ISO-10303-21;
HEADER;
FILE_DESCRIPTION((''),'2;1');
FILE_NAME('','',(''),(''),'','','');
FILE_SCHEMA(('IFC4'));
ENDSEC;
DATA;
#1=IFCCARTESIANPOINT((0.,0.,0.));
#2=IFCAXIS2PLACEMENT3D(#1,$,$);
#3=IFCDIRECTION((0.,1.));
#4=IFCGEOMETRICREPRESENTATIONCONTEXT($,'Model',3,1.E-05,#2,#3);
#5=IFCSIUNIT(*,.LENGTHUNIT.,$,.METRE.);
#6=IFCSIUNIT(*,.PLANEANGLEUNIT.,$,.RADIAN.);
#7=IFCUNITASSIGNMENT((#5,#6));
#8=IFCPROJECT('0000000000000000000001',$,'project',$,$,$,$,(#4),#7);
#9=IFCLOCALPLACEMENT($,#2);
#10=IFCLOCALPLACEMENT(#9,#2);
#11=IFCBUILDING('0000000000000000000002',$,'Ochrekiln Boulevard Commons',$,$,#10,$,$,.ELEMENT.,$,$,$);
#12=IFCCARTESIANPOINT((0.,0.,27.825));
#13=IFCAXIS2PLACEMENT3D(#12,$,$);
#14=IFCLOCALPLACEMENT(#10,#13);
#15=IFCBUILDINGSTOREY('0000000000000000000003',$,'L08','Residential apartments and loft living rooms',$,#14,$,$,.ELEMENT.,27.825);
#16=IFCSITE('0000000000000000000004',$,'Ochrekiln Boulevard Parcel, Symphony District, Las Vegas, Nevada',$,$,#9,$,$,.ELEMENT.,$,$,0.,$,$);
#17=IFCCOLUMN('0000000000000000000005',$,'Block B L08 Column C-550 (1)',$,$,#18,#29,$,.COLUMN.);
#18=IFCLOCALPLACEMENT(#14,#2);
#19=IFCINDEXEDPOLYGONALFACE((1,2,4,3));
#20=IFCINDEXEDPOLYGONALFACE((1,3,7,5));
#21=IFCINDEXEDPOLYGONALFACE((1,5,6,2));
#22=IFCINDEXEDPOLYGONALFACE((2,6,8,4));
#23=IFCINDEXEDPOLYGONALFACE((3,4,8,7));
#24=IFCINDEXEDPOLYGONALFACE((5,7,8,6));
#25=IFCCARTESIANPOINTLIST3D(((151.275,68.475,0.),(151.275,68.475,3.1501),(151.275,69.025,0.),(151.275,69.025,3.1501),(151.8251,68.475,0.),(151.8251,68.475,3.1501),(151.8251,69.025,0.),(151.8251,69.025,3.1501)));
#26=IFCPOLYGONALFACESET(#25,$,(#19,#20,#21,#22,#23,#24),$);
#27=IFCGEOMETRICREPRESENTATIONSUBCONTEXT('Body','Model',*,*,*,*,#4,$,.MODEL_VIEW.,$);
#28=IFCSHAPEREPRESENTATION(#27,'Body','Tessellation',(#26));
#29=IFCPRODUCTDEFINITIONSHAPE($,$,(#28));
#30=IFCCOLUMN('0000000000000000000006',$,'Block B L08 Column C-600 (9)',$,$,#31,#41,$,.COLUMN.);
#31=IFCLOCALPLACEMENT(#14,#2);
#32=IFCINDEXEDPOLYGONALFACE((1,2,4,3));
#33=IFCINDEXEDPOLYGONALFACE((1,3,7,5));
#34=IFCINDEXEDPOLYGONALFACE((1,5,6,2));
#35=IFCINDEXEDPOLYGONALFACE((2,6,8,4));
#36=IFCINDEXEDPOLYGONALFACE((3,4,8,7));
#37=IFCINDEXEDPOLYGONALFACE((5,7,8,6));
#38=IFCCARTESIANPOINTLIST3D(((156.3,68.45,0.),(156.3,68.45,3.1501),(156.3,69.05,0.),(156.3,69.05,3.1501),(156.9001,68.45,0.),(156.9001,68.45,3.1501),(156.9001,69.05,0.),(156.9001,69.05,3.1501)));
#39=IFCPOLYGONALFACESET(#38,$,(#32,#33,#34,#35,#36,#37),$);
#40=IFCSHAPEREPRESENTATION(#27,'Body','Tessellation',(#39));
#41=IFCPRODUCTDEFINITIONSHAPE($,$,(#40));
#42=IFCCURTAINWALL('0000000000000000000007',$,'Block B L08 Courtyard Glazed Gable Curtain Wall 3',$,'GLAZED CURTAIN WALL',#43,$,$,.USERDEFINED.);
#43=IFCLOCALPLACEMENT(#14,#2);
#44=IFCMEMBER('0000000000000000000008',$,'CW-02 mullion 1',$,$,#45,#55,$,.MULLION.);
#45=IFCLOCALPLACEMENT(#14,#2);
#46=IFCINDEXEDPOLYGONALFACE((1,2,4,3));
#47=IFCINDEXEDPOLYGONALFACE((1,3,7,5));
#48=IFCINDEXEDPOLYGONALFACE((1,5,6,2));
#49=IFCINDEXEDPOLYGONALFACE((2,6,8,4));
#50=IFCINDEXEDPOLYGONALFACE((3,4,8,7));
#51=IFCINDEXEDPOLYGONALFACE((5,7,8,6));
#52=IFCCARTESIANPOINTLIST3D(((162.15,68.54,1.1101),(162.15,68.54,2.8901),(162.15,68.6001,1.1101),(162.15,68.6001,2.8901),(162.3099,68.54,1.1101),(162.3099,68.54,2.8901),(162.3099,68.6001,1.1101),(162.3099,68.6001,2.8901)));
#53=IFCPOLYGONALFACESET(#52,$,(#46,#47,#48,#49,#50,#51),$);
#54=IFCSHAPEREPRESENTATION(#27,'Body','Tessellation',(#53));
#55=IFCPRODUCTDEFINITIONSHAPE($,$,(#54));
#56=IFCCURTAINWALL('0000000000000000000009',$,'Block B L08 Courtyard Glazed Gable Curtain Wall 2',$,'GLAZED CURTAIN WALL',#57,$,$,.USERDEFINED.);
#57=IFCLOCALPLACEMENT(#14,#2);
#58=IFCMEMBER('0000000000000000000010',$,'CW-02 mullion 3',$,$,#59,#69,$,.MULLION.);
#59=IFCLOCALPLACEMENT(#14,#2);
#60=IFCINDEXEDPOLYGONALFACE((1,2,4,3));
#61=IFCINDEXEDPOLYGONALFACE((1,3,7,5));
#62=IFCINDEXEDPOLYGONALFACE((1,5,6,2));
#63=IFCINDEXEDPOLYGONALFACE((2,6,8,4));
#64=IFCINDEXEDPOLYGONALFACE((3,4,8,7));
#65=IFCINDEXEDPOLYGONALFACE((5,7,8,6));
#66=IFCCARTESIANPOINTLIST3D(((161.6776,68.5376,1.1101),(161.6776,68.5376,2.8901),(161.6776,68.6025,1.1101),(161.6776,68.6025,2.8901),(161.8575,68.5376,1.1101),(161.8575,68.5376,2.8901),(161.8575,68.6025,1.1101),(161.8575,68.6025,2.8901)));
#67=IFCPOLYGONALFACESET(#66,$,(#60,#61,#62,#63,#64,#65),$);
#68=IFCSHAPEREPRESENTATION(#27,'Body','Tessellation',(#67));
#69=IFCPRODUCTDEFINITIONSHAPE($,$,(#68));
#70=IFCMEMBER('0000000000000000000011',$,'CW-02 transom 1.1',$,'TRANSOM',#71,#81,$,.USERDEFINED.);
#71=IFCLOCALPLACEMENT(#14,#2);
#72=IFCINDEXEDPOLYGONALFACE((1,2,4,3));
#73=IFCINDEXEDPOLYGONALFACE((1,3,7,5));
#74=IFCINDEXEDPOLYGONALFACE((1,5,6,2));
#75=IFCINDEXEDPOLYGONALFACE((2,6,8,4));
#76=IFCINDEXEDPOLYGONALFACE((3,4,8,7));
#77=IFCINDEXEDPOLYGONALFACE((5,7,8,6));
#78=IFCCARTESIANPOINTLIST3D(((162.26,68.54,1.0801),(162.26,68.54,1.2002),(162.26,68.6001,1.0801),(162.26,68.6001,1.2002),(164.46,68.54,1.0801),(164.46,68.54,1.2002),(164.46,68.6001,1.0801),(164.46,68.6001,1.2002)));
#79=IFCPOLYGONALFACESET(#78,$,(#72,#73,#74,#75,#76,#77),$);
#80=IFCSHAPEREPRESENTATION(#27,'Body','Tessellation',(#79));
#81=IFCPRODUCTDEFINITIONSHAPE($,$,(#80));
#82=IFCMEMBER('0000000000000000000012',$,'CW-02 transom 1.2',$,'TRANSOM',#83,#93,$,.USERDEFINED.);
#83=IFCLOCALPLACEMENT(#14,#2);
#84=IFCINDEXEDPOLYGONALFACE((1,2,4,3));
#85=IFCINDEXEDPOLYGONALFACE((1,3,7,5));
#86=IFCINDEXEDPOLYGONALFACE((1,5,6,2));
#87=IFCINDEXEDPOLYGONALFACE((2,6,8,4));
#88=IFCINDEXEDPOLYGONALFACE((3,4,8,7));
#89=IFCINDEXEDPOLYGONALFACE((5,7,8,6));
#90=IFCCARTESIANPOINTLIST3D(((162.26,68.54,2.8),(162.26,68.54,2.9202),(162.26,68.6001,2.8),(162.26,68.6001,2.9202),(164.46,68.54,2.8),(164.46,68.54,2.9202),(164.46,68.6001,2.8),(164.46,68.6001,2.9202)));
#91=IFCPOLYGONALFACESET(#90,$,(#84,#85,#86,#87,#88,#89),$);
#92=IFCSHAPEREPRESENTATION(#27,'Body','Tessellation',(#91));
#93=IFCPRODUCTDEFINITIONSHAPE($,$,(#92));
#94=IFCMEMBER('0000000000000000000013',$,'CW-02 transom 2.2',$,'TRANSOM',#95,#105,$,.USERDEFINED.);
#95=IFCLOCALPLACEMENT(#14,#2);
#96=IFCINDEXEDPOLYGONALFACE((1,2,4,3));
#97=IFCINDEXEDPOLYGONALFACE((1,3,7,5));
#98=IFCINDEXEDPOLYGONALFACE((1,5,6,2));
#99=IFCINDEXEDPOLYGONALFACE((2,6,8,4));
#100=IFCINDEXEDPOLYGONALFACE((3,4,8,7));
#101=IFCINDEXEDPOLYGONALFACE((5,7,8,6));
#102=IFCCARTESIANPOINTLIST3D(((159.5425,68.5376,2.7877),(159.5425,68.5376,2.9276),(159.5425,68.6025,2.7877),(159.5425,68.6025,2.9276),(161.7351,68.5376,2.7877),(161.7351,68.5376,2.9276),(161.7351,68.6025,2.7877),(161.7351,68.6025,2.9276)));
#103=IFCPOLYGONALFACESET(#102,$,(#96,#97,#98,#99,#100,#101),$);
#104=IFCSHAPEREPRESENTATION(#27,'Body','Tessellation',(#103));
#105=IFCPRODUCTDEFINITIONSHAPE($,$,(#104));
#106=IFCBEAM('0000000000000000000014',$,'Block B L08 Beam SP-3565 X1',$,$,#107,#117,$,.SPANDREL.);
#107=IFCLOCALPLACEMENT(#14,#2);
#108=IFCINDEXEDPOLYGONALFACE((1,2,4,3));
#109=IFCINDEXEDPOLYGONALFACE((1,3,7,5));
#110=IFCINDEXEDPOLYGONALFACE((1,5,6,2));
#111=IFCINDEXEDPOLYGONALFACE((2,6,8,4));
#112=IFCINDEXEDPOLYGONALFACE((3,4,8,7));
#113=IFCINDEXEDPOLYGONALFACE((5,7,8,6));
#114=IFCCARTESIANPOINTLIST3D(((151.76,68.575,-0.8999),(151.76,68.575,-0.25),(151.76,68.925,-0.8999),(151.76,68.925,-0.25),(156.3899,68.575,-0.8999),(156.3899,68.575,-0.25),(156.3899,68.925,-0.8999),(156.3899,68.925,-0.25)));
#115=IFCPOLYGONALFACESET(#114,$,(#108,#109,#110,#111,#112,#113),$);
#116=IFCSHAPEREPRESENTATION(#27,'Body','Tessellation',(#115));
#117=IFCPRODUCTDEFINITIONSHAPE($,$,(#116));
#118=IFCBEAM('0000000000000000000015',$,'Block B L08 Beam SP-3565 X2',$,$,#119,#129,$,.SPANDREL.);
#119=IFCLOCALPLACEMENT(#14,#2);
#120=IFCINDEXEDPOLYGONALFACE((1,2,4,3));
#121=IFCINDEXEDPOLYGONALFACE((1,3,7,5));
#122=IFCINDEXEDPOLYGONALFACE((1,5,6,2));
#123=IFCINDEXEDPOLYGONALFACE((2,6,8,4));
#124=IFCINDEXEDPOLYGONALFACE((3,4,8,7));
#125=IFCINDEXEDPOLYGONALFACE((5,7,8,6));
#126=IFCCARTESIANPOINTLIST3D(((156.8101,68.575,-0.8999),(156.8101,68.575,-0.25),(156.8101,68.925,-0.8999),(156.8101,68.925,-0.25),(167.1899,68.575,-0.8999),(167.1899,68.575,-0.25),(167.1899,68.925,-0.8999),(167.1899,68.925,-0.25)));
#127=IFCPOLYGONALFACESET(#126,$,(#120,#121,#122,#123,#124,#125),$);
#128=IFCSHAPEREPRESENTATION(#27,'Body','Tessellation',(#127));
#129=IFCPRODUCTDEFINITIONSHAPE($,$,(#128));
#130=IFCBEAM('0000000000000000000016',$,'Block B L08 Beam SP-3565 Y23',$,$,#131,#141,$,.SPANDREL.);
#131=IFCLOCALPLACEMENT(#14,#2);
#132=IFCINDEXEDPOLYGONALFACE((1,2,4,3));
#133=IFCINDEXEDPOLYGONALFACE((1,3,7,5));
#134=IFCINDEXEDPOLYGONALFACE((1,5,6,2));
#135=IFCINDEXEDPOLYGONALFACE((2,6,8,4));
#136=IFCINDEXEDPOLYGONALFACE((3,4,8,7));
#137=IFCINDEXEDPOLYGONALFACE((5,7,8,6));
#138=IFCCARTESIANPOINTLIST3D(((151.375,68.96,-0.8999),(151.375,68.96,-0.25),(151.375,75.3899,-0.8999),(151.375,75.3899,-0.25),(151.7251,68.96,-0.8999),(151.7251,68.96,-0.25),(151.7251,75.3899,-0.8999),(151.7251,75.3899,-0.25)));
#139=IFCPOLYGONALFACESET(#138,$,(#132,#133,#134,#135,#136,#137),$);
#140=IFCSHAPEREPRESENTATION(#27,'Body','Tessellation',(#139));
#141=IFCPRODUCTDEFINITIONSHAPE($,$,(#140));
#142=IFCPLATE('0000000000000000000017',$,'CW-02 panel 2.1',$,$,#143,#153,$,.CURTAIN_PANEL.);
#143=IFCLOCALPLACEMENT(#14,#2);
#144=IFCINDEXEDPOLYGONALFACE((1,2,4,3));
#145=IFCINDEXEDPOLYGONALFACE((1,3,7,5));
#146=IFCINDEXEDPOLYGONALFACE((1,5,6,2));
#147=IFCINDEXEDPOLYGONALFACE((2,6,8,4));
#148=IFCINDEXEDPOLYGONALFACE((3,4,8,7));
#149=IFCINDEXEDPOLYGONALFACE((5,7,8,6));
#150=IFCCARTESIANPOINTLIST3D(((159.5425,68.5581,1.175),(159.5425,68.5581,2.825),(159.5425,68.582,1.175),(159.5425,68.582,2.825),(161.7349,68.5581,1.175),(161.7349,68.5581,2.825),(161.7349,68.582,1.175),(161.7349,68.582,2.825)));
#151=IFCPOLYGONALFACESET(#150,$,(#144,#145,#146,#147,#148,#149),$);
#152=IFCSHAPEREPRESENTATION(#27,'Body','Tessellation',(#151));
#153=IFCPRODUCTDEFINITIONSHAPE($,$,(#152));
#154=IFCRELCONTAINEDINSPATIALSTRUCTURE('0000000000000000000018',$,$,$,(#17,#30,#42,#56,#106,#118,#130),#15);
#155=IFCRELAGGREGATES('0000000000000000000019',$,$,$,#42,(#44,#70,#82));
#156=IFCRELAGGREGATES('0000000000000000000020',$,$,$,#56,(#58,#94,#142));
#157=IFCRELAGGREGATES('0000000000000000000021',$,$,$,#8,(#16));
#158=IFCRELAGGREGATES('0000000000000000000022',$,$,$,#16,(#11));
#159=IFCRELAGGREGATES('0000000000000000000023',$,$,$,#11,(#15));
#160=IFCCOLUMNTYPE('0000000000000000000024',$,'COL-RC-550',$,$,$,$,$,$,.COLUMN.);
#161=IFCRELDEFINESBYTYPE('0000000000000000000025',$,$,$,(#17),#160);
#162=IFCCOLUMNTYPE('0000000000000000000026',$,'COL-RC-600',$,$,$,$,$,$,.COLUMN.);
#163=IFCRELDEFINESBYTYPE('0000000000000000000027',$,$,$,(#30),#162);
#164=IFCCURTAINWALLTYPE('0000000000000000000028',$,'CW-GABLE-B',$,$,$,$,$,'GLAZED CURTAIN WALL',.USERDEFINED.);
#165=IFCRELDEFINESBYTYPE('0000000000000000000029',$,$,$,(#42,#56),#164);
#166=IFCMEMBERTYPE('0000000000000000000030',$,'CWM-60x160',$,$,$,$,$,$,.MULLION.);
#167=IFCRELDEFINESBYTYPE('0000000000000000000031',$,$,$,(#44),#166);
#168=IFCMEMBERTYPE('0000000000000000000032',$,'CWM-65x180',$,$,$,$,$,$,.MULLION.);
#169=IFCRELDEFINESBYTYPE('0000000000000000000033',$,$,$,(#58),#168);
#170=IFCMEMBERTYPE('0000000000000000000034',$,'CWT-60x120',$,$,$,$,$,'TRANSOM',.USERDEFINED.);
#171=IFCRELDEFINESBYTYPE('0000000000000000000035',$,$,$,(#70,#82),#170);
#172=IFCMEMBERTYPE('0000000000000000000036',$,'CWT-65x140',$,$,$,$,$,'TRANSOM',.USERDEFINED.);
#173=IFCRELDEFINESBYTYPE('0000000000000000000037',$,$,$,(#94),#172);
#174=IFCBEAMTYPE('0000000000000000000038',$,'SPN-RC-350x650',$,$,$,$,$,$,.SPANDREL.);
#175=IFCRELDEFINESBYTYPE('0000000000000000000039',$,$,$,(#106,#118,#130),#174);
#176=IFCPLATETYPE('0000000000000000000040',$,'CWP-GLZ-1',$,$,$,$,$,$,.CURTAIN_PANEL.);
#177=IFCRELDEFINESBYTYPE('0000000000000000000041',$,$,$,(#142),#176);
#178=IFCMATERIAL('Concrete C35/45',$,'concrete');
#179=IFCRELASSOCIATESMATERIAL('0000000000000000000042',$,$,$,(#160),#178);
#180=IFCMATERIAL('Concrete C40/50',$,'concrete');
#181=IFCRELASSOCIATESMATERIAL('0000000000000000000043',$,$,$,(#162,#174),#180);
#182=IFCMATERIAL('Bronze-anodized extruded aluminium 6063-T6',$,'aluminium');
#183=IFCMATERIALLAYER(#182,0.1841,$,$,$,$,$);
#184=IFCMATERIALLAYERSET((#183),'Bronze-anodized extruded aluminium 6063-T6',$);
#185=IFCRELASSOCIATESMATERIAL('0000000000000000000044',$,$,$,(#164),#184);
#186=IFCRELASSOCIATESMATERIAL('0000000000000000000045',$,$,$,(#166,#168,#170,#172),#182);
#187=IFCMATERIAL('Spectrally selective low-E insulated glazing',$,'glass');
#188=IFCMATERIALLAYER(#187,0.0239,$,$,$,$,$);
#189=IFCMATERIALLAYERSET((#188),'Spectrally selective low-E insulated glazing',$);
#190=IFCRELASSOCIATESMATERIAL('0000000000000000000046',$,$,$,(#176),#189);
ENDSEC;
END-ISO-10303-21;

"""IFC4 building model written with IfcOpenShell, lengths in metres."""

from ifc_helpers import new_model, si_unit, direction, frame, origin, origin_2d, place, context, subcontext, project, spatial, rectangle, extrude, material, layer, layer_set, material_profile, profile_set, type_object, element, aggregate, save


model = new_model("IFC4")

# Units and contexts
model_context = context("Model", 3, precision=1e-05, world=origin(), true_north=direction((0.0, 1.0)))
body_context = subcontext(model_context, "Body", "Model", "MODEL_VIEW")
ifc_project = project(units=[si_unit("LENGTHUNIT", "METRE"), si_unit("PLANEANGLEUNIT", "RADIAN")], contexts=[model_context])

# Site, building, storey
site_placement = place(None, origin())
site = spatial("IfcSite", under=ifc_project, at=site_placement, Name="Ochrekiln Boulevard Parcel, Symphony District, Las Vegas, Nevada", CompositionType="ELEMENT", RefElevation=0.0)
building_placement = place(site_placement, origin())
building = spatial("IfcBuilding", under=site, at=building_placement, Name="Ochrekiln Boulevard Commons", CompositionType="ELEMENT")
storey_placement = place(building_placement, frame((0.0, 0.0, 27.825)))
storey = spatial("IfcBuildingStorey", under=building, at=storey_placement, Name="L08", Description="Residential apartments and loft living rooms", CompositionType="ELEMENT", Elevation=27.825)

# Columns
ifc_material_1 = material(Name="Concrete C35/45", Category="concrete")
ifc_material_profile_1 = material_profile(ifc_material_1, rectangle(XDim=0.55, YDim=0.55, at=origin_2d()), Name="RC-COL-550x550")
ifc_profile_set_1 = profile_set([ifc_material_profile_1], Name="Concrete C35/45")
column_type_1 = type_object("IfcColumnType", Name="COL-RC-550", PredefinedType="COLUMN", material=ifc_profile_set_1)
column_1_placement = place(storey_placement, frame((151.55, 68.75, 0.0), z_axis=(0.0, 0.0, 1.0), x_axis=(1.0, 0.0, 0.0)))
element("IfcColumn", 1, at=column_1_placement, inside=storey, type_object=column_type_1, Name="Block B L08 Column C-550 (1)", PredefinedType="COLUMN", context=body_context, shape_type="SweptSolid", body=[
    extrude(rectangle(XDim=0.55, YDim=0.55, at=origin_2d()), origin(), (0.0, 0.0, 1.0), 3.1501),
])
ifc_material_2 = material(Name="Concrete C40/50", Category="concrete")
ifc_material_profile_2 = material_profile(ifc_material_2, rectangle(XDim=0.6001, YDim=0.6001, at=origin_2d()), Name="RC-COL-600x600")
ifc_profile_set_2 = profile_set([ifc_material_profile_2], Name="Concrete C40/50")
column_type_2 = type_object("IfcColumnType", Name="COL-RC-600", PredefinedType="COLUMN", material=ifc_profile_set_2)
column_2_placement = place(storey_placement, frame((156.6001, 68.75, 0.0), z_axis=(0.0, 0.0, 1.0), x_axis=(1.0, 0.0, 0.0)))
element("IfcColumn", 2, at=column_2_placement, inside=storey, type_object=column_type_2, Name="Block B L08 Column C-600 (9)", PredefinedType="COLUMN", context=body_context, shape_type="SweptSolid", body=[
    extrude(rectangle(XDim=0.6001, YDim=0.6001, at=origin_2d()), origin(), (0.0, 0.0, 1.0), 3.1501),
])

# Curtain walls, members
ifc_material_3 = material(Name="Bronze-anodized extruded aluminium 6063-T6", Category="aluminium")
ifc_layer_1 = layer(ifc_material_3, 0.1841)
ifc_layer_set_1 = layer_set([ifc_layer_1], Name="Bronze-anodized extruded aluminium 6063-T6")
curtain_wall_type = type_object("IfcCurtainWallType", Name="CW-GABLE-B", ElementType="GLAZED CURTAIN WALL", PredefinedType="USERDEFINED", material=ifc_layer_set_1)
curtain_wall_1_placement = place(storey_placement, origin())
curtain_wall_1 = element("IfcCurtainWall", 3, at=curtain_wall_1_placement, inside=storey, type_object=curtain_wall_type, Name="Block B L08 Courtyard Glazed Gable Curtain Wall 3", ObjectType="GLAZED CURTAIN WALL", PredefinedType="USERDEFINED")
ifc_material_profile_3 = material_profile(ifc_material_3, rectangle(XDim=0.0601, YDim=0.1599, at=origin_2d()), Name="ALU-MUL-60x160")
ifc_profile_set_3 = profile_set([ifc_material_profile_3], Name="Bronze-anodized extruded aluminium 6063-T6")
member_type_1 = type_object("IfcMemberType", Name="CWM-60x160", PredefinedType="MULLION", material=ifc_profile_set_3)
member_1_placement = place(storey_placement, frame((162.23, 68.5701, 1.1101), z_axis=(0.0, 0.0, 1.0), x_axis=(0.0, 1.0, 0.0)))
member_1 = element("IfcMember", 4, at=member_1_placement, type_object=member_type_1, Name="CW-02 mullion 1", PredefinedType="MULLION", context=body_context, shape_type="SweptSolid", body=[
    extrude(rectangle(XDim=0.0601, YDim=0.1599, at=origin_2d()), origin(), (0.0, 0.0, 1.0), 1.78),
])
curtain_wall_2_placement = place(storey_placement, origin())
curtain_wall_2 = element("IfcCurtainWall", 5, at=curtain_wall_2_placement, inside=storey, type_object=curtain_wall_type, Name="Block B L08 Courtyard Glazed Gable Curtain Wall 2", ObjectType="GLAZED CURTAIN WALL", PredefinedType="USERDEFINED")
ifc_material_profile_4 = material_profile(ifc_material_3, rectangle(XDim=0.0649, YDim=0.1799, at=origin_2d()), Name="ALU-MUL-65x180")
ifc_profile_set_4 = profile_set([ifc_material_profile_4], Name="Bronze-anodized extruded aluminium 6063-T6")
member_type_2 = type_object("IfcMemberType", Name="CWM-65x180", PredefinedType="MULLION", material=ifc_profile_set_4)
member_2_placement = place(storey_placement, frame((161.7676, 68.5701, 1.1101), z_axis=(0.0, 0.0, 1.0), x_axis=(0.0, 1.0, 0.0)))
member_2 = element("IfcMember", 6, at=member_2_placement, type_object=member_type_2, Name="CW-02 mullion 3", PredefinedType="MULLION", context=body_context, shape_type="SweptSolid", body=[
    extrude(rectangle(XDim=0.0649, YDim=0.1799, at=origin_2d()), origin(), (0.0, 0.0, 1.0), 1.78),
])

# Members
ifc_material_profile_5 = material_profile(ifc_material_3, rectangle(XDim=0.0601, YDim=0.1201, at=origin_2d()), Name="ALU-TRN-60x120")
ifc_profile_set_5 = profile_set([ifc_material_profile_5], Name="Bronze-anodized extruded aluminium 6063-T6")
member_type_3 = type_object("IfcMemberType", Name="CWT-60x120", ElementType="TRANSOM", PredefinedType="USERDEFINED", material=ifc_profile_set_5)
member_3_placement = place(storey_placement, frame((162.26, 68.5701, 1.1401), z_axis=(1.0, 0.0, 0.0), x_axis=(0.0, 1.0, 0.0)))
member_3 = element("IfcMember", 7, at=member_3_placement, type_object=member_type_3, Name="CW-02 transom 1.1", ObjectType="TRANSOM", PredefinedType="USERDEFINED", context=body_context, shape_type="SweptSolid", body=[
    extrude(rectangle(XDim=0.0601, YDim=0.1201, at=origin_2d()), origin(), (0.0, 0.0, 1.0), 2.2),
])
member_4_placement = place(storey_placement, frame((162.26, 68.5701, 2.8601), z_axis=(1.0, 0.0, 0.0), x_axis=(0.0, 1.0, 0.0)))
member_4 = element("IfcMember", 8, at=member_4_placement, type_object=member_type_3, Name="CW-02 transom 1.2", ObjectType="TRANSOM", PredefinedType="USERDEFINED", context=body_context, shape_type="SweptSolid", body=[
    extrude(rectangle(XDim=0.0601, YDim=0.1201, at=origin_2d()), origin(), (0.0, 0.0, 1.0), 2.2),
])
aggregate(curtain_wall_1, [member_1, member_3, member_4])
ifc_material_profile_6 = material_profile(ifc_material_3, rectangle(XDim=0.0649, YDim=0.1399, at=origin_2d()), Name="ALU-TRN-65x140")
ifc_profile_set_6 = profile_set([ifc_material_profile_6], Name="Bronze-anodized extruded aluminium 6063-T6")
member_type_4 = type_object("IfcMemberType", Name="CWT-65x140", ElementType="TRANSOM", PredefinedType="USERDEFINED", material=ifc_profile_set_6)
member_5_placement = place(storey_placement, frame((159.5425, 68.5701, 2.8577), z_axis=(1.0, 0.0, 0.0), x_axis=(0.0, 1.0, 0.0)))
member_5 = element("IfcMember", 9, at=member_5_placement, type_object=member_type_4, Name="CW-02 transom 2.2", ObjectType="TRANSOM", PredefinedType="USERDEFINED", context=body_context, shape_type="SweptSolid", body=[
    extrude(rectangle(XDim=0.0649, YDim=0.1399, at=origin_2d()), origin(), (0.0, 0.0, 1.0), 2.1926),
])

# Beams
ifc_material_profile_7 = material_profile(ifc_material_2, rectangle(XDim=0.3501, YDim=0.6499, at=origin_2d()), Name="RC-SPN-350x650")
ifc_profile_set_7 = profile_set([ifc_material_profile_7], Name="Concrete C40/50")
beam_type = type_object("IfcBeamType", Name="SPN-RC-350x650", PredefinedType="SPANDREL", material=ifc_profile_set_7)
beam_1_placement = place(storey_placement, frame((151.76, 68.75, -0.575), z_axis=(1.0, 0.0, 0.0), x_axis=(0.0, 1.0, 0.0)))
element("IfcBeam", 10, at=beam_1_placement, inside=storey, type_object=beam_type, Name="Block B L08 Beam SP-3565 X1", PredefinedType="SPANDREL", context=body_context, shape_type="SweptSolid", body=[
    extrude(rectangle(XDim=0.3501, YDim=0.6499, at=origin_2d()), origin(), (0.0, 0.0, 1.0), 4.6299),
])
beam_2_placement = place(storey_placement, frame((156.8101, 68.75, -0.575), z_axis=(1.0, 0.0, 0.0), x_axis=(0.0, 1.0, 0.0)))
element("IfcBeam", 11, at=beam_2_placement, inside=storey, type_object=beam_type, Name="Block B L08 Beam SP-3565 X2", PredefinedType="SPANDREL", context=body_context, shape_type="SweptSolid", body=[
    extrude(rectangle(XDim=0.3501, YDim=0.6499, at=origin_2d()), origin(), (0.0, 0.0, 1.0), 10.3799),
])
beam_3_placement = place(storey_placement, frame((151.55, 68.96, -0.575), z_axis=(0.0, 1.0, 0.0), x_axis=(-1.0, 0.0, 0.0)))
element("IfcBeam", 12, at=beam_3_placement, inside=storey, type_object=beam_type, Name="Block B L08 Beam SP-3565 Y23", PredefinedType="SPANDREL", context=body_context, shape_type="SweptSolid", body=[
    extrude(rectangle(XDim=0.3501, YDim=0.6499, at=origin_2d()), origin(), (0.0, 0.0, 1.0), 6.4299),
])

# Plate
ifc_material_4 = material(Name="Spectrally selective low-E insulated glazing", Category="glass")
ifc_layer_2 = layer(ifc_material_4, 0.0239)
ifc_layer_set_2 = layer_set([ifc_layer_2], Name="Spectrally selective low-E insulated glazing")
plate_type = type_object("IfcPlateType", Name="CWP-GLZ-1", PredefinedType="CURTAIN_PANEL", material=ifc_layer_set_2)
plate_placement = place(storey_placement, frame((160.6387, 68.5701, 1.175), z_axis=(0.0, 0.0, 1.0), x_axis=(1.0, 0.0, 0.0)))
plate = element("IfcPlate", 13, at=plate_placement, type_object=plate_type, Name="CW-02 panel 2.1", PredefinedType="CURTAIN_PANEL", context=body_context, shape_type="SweptSolid", body=[
    extrude(rectangle(XDim=2.1924, YDim=0.0239, at=origin_2d()), origin(), (0.0, 0.0, 1.0), 1.6499),
])
aggregate(curtain_wall_2, [member_2, member_5, plate])

save(model, "model.ifc")
